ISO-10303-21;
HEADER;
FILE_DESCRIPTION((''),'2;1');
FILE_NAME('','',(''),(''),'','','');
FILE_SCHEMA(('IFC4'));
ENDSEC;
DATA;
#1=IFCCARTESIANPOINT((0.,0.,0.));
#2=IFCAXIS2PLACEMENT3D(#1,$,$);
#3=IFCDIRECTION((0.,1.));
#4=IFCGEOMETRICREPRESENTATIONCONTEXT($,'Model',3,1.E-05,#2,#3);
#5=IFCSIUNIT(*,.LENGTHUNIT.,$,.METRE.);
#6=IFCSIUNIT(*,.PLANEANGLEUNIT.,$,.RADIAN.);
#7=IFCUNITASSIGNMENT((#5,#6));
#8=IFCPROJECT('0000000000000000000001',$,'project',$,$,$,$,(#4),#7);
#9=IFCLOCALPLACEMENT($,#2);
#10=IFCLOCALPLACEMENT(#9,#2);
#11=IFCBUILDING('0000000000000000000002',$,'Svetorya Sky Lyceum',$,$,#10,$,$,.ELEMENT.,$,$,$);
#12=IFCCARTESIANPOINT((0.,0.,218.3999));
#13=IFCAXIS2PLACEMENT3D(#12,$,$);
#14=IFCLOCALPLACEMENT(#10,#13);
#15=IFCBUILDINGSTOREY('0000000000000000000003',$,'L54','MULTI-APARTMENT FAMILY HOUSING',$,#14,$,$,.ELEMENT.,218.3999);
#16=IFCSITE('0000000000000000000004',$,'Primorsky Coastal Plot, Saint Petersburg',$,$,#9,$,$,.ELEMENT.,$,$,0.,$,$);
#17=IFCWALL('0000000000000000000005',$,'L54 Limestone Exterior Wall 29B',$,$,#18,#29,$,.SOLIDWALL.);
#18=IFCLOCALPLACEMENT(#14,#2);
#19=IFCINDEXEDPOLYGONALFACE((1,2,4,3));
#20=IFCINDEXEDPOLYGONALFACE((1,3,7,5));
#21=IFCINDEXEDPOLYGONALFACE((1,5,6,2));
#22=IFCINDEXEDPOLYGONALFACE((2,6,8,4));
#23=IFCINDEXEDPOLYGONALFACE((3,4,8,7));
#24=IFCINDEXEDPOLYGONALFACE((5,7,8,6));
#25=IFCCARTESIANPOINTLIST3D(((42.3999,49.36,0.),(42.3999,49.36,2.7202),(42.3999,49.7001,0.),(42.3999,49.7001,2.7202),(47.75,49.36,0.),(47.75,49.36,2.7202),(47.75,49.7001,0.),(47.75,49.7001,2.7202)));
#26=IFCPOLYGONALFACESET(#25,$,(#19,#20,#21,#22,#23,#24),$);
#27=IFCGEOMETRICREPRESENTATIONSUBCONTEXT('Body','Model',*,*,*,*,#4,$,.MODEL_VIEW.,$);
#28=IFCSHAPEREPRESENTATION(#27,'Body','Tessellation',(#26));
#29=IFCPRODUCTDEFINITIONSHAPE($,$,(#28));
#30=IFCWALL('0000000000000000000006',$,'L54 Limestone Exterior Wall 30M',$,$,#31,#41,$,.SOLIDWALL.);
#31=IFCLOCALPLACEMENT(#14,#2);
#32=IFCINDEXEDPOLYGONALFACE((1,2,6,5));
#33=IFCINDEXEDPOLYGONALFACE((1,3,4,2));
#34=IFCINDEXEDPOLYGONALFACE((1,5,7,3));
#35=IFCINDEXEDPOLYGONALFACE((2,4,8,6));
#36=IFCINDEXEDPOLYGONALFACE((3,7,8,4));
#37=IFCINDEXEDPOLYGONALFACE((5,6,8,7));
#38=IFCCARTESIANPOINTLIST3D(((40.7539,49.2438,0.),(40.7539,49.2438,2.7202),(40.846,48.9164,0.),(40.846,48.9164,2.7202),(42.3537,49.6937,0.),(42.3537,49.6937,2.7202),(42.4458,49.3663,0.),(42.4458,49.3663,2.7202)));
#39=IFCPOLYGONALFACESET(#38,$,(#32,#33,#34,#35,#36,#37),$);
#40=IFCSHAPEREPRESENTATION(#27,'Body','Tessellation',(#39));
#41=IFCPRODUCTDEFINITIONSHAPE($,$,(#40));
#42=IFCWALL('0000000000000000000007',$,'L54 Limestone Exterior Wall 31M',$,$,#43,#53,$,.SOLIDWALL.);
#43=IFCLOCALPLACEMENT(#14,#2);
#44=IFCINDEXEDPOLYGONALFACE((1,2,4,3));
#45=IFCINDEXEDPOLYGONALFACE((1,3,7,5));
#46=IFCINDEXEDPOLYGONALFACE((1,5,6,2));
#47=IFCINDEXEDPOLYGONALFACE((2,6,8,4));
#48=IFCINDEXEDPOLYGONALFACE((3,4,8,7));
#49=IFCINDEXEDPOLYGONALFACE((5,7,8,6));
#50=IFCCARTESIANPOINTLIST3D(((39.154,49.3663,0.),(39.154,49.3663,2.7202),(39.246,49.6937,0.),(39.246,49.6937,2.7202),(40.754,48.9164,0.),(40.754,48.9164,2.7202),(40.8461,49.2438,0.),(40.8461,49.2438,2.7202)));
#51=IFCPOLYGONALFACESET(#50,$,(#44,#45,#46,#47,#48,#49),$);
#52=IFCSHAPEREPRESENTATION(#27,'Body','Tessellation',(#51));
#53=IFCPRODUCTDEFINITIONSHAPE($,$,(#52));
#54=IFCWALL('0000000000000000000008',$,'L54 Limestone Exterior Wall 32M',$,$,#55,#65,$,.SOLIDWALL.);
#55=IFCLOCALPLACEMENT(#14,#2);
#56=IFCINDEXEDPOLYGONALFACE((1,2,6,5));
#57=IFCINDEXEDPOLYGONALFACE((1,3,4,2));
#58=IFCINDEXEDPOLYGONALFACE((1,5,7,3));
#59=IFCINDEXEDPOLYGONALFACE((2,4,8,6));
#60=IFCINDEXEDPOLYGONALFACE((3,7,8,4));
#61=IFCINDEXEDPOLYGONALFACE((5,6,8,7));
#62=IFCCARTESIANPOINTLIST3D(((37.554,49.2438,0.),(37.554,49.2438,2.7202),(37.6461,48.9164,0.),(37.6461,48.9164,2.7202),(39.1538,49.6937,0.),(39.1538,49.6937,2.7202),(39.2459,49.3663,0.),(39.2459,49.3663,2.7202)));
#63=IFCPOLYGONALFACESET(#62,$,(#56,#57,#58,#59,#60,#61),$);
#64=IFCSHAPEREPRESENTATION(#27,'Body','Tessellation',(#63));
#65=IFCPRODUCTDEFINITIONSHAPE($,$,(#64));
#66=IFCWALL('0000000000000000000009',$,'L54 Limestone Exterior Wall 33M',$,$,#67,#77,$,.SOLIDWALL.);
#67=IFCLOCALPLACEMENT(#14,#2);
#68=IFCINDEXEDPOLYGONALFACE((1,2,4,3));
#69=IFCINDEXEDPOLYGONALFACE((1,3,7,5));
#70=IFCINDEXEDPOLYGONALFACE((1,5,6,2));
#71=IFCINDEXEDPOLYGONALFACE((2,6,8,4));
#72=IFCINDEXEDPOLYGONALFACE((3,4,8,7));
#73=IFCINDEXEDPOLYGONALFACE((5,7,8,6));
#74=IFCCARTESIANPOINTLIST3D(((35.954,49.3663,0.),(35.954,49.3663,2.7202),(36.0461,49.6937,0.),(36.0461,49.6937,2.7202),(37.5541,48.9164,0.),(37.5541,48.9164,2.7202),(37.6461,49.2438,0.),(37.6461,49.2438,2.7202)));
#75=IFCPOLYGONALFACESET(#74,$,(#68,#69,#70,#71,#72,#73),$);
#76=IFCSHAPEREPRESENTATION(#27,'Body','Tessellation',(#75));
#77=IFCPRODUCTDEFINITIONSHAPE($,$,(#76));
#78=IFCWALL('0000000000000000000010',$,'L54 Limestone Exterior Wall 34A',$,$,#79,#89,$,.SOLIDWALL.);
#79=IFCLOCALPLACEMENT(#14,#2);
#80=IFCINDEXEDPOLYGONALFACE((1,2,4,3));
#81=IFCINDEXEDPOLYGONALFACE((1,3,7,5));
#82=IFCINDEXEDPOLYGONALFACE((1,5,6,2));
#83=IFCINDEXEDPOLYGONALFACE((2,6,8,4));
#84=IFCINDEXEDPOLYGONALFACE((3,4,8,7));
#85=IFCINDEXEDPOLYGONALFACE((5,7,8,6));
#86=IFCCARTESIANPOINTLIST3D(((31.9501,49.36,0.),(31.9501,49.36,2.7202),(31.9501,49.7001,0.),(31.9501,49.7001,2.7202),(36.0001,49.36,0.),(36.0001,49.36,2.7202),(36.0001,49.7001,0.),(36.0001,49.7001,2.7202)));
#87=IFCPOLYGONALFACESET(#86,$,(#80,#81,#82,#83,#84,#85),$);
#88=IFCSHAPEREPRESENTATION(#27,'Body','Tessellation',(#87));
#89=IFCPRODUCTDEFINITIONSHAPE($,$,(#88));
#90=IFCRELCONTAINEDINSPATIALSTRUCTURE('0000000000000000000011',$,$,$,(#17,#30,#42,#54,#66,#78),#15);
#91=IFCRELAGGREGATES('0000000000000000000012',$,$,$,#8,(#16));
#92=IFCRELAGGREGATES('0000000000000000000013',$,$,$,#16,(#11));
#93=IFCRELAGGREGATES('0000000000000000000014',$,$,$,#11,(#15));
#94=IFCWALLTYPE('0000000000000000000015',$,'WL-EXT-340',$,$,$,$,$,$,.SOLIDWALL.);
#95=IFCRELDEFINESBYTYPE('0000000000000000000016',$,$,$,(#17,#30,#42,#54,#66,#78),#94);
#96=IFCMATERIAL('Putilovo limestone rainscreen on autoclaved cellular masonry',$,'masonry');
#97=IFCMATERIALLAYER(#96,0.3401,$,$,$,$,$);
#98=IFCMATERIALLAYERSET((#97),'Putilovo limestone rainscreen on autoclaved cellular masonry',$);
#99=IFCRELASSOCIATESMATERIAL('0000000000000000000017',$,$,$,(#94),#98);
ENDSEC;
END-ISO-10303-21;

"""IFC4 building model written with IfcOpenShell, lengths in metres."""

from ifc_helpers import new_model, si_unit, direction, frame, frame_2d, origin, place, context, subcontext, project, spatial, rectangle, extrude, material, layer, layer_set, type_object, element, save


model = new_model("IFC4")

# Units and contexts
model_context = context("Model", 3, precision=1e-05, world=origin(), true_north=direction((0.0, 1.0)))
body_context = subcontext(model_context, "Body", "Model", "MODEL_VIEW")
ifc_project = project(units=[si_unit("LENGTHUNIT", "METRE"), si_unit("PLANEANGLEUNIT", "RADIAN")], contexts=[model_context])

# Site, building, storey
site_placement = place(None, origin())
site = spatial("IfcSite", under=ifc_project, at=site_placement, Name="Primorsky Coastal Plot, Saint Petersburg", CompositionType="ELEMENT", RefElevation=0.0)
building_placement = place(site_placement, origin())
building = spatial("IfcBuilding", under=site, at=building_placement, Name="Svetorya Sky Lyceum", CompositionType="ELEMENT")
storey_placement = place(building_placement, frame((0.0, 0.0, 218.3999)))
storey = spatial("IfcBuildingStorey", under=building, at=storey_placement, Name="L54", Description="MULTI-APARTMENT FAMILY HOUSING", CompositionType="ELEMENT", Elevation=218.3999)

# Walls
ifc_material_1 = material(Name="Putilovo limestone rainscreen on autoclaved cellular masonry", Category="masonry")
ifc_layer_1 = layer(ifc_material_1, 0.3401)
ifc_layer_set_1 = layer_set([ifc_layer_1], Name="Putilovo limestone rainscreen on autoclaved cellular masonry")
wall_type = type_object("IfcWallType", Name="WL-EXT-340", PredefinedType="SOLIDWALL", material=ifc_layer_set_1)
wall_1_placement = place(storey_placement, frame((47.75, 49.53, 0.0), z_axis=(0.0, 0.0, 1.0), x_axis=(-1.0, 0.0, 0.0)))
element("IfcWall", 1, at=wall_1_placement, inside=storey, type_object=wall_type, Name="L54 Limestone Exterior Wall 29B", PredefinedType="SOLIDWALL", context=body_context, shape_type="SweptSolid", body=[
    extrude(rectangle(XDim=5.3501, YDim=0.3401, at=frame_2d((2.675, 0.0))), origin(), (0.0, 0.0, 1.0), 2.7202),
])
wall_2_placement = place(storey_placement, frame((42.3999, 49.53, 0.0), z_axis=(0.0, 0.0, 1.0), x_axis=(-0.962652, -0.270741, 0.0)))
element("IfcWall", 2, at=wall_2_placement, inside=storey, type_object=wall_type, Name="L54 Limestone Exterior Wall 30M", PredefinedType="SOLIDWALL", context=body_context, shape_type="SweptSolid", body=[
    extrude(rectangle(XDim=1.6619, YDim=0.3401, at=frame_2d((0.8311, 0.0))), origin(), (0.0, 0.0, 1.0), 2.7202),
])
wall_3_placement = place(storey_placement, frame((40.8, 49.0801, 0.0), z_axis=(0.0, 0.0, 1.0), x_axis=(-0.962663, 0.270703, 0.0)))
element("IfcWall", 3, at=wall_3_placement, inside=storey, type_object=wall_type, Name="L54 Limestone Exterior Wall 31M", PredefinedType="SOLIDWALL", context=body_context, shape_type="SweptSolid", body=[
    extrude(rectangle(XDim=1.6621, YDim=0.3401, at=frame_2d((0.8311, 0.0))), origin(), (0.0, 0.0, 1.0), 2.7202),
])
wall_4_placement = place(storey_placement, frame((39.2, 49.53, 0.0), z_axis=(0.0, 0.0, 1.0), x_axis=(-0.962652, -0.270741, 0.0)))
element("IfcWall", 4, at=wall_4_placement, inside=storey, type_object=wall_type, Name="L54 Limestone Exterior Wall 32M", PredefinedType="SOLIDWALL", context=body_context, shape_type="SweptSolid", body=[
    extrude(rectangle(XDim=1.6619, YDim=0.3401, at=frame_2d((0.8311, 0.0))), origin(), (0.0, 0.0, 1.0), 2.7202),
])
wall_5_placement = place(storey_placement, frame((37.6001, 49.0801, 0.0), z_axis=(0.0, 0.0, 1.0), x_axis=(-0.962663, 0.270703, 0.0)))
element("IfcWall", 5, at=wall_5_placement, inside=storey, type_object=wall_type, Name="L54 Limestone Exterior Wall 33M", PredefinedType="SOLIDWALL", context=body_context, shape_type="SweptSolid", body=[
    extrude(rectangle(XDim=1.6621, YDim=0.3401, at=frame_2d((0.8311, 0.0))), origin(), (0.0, 0.0, 1.0), 2.7202),
])
wall_6_placement = place(storey_placement, frame((36.0, 49.53, 0.0), z_axis=(0.0, 0.0, 1.0), x_axis=(-1.0, 0.0, 0.0)))
element("IfcWall", 6, at=wall_6_placement, inside=storey, type_object=wall_type, Name="L54 Limestone Exterior Wall 34A", PredefinedType="SOLIDWALL", context=body_context, shape_type="SweptSolid", body=[
    extrude(rectangle(XDim=4.05, YDim=0.3401, at=frame_2d((2.0249, 0.0))), origin(), (0.0, 0.0, 1.0), 2.7202),
])

save(model, "model.ifc")
